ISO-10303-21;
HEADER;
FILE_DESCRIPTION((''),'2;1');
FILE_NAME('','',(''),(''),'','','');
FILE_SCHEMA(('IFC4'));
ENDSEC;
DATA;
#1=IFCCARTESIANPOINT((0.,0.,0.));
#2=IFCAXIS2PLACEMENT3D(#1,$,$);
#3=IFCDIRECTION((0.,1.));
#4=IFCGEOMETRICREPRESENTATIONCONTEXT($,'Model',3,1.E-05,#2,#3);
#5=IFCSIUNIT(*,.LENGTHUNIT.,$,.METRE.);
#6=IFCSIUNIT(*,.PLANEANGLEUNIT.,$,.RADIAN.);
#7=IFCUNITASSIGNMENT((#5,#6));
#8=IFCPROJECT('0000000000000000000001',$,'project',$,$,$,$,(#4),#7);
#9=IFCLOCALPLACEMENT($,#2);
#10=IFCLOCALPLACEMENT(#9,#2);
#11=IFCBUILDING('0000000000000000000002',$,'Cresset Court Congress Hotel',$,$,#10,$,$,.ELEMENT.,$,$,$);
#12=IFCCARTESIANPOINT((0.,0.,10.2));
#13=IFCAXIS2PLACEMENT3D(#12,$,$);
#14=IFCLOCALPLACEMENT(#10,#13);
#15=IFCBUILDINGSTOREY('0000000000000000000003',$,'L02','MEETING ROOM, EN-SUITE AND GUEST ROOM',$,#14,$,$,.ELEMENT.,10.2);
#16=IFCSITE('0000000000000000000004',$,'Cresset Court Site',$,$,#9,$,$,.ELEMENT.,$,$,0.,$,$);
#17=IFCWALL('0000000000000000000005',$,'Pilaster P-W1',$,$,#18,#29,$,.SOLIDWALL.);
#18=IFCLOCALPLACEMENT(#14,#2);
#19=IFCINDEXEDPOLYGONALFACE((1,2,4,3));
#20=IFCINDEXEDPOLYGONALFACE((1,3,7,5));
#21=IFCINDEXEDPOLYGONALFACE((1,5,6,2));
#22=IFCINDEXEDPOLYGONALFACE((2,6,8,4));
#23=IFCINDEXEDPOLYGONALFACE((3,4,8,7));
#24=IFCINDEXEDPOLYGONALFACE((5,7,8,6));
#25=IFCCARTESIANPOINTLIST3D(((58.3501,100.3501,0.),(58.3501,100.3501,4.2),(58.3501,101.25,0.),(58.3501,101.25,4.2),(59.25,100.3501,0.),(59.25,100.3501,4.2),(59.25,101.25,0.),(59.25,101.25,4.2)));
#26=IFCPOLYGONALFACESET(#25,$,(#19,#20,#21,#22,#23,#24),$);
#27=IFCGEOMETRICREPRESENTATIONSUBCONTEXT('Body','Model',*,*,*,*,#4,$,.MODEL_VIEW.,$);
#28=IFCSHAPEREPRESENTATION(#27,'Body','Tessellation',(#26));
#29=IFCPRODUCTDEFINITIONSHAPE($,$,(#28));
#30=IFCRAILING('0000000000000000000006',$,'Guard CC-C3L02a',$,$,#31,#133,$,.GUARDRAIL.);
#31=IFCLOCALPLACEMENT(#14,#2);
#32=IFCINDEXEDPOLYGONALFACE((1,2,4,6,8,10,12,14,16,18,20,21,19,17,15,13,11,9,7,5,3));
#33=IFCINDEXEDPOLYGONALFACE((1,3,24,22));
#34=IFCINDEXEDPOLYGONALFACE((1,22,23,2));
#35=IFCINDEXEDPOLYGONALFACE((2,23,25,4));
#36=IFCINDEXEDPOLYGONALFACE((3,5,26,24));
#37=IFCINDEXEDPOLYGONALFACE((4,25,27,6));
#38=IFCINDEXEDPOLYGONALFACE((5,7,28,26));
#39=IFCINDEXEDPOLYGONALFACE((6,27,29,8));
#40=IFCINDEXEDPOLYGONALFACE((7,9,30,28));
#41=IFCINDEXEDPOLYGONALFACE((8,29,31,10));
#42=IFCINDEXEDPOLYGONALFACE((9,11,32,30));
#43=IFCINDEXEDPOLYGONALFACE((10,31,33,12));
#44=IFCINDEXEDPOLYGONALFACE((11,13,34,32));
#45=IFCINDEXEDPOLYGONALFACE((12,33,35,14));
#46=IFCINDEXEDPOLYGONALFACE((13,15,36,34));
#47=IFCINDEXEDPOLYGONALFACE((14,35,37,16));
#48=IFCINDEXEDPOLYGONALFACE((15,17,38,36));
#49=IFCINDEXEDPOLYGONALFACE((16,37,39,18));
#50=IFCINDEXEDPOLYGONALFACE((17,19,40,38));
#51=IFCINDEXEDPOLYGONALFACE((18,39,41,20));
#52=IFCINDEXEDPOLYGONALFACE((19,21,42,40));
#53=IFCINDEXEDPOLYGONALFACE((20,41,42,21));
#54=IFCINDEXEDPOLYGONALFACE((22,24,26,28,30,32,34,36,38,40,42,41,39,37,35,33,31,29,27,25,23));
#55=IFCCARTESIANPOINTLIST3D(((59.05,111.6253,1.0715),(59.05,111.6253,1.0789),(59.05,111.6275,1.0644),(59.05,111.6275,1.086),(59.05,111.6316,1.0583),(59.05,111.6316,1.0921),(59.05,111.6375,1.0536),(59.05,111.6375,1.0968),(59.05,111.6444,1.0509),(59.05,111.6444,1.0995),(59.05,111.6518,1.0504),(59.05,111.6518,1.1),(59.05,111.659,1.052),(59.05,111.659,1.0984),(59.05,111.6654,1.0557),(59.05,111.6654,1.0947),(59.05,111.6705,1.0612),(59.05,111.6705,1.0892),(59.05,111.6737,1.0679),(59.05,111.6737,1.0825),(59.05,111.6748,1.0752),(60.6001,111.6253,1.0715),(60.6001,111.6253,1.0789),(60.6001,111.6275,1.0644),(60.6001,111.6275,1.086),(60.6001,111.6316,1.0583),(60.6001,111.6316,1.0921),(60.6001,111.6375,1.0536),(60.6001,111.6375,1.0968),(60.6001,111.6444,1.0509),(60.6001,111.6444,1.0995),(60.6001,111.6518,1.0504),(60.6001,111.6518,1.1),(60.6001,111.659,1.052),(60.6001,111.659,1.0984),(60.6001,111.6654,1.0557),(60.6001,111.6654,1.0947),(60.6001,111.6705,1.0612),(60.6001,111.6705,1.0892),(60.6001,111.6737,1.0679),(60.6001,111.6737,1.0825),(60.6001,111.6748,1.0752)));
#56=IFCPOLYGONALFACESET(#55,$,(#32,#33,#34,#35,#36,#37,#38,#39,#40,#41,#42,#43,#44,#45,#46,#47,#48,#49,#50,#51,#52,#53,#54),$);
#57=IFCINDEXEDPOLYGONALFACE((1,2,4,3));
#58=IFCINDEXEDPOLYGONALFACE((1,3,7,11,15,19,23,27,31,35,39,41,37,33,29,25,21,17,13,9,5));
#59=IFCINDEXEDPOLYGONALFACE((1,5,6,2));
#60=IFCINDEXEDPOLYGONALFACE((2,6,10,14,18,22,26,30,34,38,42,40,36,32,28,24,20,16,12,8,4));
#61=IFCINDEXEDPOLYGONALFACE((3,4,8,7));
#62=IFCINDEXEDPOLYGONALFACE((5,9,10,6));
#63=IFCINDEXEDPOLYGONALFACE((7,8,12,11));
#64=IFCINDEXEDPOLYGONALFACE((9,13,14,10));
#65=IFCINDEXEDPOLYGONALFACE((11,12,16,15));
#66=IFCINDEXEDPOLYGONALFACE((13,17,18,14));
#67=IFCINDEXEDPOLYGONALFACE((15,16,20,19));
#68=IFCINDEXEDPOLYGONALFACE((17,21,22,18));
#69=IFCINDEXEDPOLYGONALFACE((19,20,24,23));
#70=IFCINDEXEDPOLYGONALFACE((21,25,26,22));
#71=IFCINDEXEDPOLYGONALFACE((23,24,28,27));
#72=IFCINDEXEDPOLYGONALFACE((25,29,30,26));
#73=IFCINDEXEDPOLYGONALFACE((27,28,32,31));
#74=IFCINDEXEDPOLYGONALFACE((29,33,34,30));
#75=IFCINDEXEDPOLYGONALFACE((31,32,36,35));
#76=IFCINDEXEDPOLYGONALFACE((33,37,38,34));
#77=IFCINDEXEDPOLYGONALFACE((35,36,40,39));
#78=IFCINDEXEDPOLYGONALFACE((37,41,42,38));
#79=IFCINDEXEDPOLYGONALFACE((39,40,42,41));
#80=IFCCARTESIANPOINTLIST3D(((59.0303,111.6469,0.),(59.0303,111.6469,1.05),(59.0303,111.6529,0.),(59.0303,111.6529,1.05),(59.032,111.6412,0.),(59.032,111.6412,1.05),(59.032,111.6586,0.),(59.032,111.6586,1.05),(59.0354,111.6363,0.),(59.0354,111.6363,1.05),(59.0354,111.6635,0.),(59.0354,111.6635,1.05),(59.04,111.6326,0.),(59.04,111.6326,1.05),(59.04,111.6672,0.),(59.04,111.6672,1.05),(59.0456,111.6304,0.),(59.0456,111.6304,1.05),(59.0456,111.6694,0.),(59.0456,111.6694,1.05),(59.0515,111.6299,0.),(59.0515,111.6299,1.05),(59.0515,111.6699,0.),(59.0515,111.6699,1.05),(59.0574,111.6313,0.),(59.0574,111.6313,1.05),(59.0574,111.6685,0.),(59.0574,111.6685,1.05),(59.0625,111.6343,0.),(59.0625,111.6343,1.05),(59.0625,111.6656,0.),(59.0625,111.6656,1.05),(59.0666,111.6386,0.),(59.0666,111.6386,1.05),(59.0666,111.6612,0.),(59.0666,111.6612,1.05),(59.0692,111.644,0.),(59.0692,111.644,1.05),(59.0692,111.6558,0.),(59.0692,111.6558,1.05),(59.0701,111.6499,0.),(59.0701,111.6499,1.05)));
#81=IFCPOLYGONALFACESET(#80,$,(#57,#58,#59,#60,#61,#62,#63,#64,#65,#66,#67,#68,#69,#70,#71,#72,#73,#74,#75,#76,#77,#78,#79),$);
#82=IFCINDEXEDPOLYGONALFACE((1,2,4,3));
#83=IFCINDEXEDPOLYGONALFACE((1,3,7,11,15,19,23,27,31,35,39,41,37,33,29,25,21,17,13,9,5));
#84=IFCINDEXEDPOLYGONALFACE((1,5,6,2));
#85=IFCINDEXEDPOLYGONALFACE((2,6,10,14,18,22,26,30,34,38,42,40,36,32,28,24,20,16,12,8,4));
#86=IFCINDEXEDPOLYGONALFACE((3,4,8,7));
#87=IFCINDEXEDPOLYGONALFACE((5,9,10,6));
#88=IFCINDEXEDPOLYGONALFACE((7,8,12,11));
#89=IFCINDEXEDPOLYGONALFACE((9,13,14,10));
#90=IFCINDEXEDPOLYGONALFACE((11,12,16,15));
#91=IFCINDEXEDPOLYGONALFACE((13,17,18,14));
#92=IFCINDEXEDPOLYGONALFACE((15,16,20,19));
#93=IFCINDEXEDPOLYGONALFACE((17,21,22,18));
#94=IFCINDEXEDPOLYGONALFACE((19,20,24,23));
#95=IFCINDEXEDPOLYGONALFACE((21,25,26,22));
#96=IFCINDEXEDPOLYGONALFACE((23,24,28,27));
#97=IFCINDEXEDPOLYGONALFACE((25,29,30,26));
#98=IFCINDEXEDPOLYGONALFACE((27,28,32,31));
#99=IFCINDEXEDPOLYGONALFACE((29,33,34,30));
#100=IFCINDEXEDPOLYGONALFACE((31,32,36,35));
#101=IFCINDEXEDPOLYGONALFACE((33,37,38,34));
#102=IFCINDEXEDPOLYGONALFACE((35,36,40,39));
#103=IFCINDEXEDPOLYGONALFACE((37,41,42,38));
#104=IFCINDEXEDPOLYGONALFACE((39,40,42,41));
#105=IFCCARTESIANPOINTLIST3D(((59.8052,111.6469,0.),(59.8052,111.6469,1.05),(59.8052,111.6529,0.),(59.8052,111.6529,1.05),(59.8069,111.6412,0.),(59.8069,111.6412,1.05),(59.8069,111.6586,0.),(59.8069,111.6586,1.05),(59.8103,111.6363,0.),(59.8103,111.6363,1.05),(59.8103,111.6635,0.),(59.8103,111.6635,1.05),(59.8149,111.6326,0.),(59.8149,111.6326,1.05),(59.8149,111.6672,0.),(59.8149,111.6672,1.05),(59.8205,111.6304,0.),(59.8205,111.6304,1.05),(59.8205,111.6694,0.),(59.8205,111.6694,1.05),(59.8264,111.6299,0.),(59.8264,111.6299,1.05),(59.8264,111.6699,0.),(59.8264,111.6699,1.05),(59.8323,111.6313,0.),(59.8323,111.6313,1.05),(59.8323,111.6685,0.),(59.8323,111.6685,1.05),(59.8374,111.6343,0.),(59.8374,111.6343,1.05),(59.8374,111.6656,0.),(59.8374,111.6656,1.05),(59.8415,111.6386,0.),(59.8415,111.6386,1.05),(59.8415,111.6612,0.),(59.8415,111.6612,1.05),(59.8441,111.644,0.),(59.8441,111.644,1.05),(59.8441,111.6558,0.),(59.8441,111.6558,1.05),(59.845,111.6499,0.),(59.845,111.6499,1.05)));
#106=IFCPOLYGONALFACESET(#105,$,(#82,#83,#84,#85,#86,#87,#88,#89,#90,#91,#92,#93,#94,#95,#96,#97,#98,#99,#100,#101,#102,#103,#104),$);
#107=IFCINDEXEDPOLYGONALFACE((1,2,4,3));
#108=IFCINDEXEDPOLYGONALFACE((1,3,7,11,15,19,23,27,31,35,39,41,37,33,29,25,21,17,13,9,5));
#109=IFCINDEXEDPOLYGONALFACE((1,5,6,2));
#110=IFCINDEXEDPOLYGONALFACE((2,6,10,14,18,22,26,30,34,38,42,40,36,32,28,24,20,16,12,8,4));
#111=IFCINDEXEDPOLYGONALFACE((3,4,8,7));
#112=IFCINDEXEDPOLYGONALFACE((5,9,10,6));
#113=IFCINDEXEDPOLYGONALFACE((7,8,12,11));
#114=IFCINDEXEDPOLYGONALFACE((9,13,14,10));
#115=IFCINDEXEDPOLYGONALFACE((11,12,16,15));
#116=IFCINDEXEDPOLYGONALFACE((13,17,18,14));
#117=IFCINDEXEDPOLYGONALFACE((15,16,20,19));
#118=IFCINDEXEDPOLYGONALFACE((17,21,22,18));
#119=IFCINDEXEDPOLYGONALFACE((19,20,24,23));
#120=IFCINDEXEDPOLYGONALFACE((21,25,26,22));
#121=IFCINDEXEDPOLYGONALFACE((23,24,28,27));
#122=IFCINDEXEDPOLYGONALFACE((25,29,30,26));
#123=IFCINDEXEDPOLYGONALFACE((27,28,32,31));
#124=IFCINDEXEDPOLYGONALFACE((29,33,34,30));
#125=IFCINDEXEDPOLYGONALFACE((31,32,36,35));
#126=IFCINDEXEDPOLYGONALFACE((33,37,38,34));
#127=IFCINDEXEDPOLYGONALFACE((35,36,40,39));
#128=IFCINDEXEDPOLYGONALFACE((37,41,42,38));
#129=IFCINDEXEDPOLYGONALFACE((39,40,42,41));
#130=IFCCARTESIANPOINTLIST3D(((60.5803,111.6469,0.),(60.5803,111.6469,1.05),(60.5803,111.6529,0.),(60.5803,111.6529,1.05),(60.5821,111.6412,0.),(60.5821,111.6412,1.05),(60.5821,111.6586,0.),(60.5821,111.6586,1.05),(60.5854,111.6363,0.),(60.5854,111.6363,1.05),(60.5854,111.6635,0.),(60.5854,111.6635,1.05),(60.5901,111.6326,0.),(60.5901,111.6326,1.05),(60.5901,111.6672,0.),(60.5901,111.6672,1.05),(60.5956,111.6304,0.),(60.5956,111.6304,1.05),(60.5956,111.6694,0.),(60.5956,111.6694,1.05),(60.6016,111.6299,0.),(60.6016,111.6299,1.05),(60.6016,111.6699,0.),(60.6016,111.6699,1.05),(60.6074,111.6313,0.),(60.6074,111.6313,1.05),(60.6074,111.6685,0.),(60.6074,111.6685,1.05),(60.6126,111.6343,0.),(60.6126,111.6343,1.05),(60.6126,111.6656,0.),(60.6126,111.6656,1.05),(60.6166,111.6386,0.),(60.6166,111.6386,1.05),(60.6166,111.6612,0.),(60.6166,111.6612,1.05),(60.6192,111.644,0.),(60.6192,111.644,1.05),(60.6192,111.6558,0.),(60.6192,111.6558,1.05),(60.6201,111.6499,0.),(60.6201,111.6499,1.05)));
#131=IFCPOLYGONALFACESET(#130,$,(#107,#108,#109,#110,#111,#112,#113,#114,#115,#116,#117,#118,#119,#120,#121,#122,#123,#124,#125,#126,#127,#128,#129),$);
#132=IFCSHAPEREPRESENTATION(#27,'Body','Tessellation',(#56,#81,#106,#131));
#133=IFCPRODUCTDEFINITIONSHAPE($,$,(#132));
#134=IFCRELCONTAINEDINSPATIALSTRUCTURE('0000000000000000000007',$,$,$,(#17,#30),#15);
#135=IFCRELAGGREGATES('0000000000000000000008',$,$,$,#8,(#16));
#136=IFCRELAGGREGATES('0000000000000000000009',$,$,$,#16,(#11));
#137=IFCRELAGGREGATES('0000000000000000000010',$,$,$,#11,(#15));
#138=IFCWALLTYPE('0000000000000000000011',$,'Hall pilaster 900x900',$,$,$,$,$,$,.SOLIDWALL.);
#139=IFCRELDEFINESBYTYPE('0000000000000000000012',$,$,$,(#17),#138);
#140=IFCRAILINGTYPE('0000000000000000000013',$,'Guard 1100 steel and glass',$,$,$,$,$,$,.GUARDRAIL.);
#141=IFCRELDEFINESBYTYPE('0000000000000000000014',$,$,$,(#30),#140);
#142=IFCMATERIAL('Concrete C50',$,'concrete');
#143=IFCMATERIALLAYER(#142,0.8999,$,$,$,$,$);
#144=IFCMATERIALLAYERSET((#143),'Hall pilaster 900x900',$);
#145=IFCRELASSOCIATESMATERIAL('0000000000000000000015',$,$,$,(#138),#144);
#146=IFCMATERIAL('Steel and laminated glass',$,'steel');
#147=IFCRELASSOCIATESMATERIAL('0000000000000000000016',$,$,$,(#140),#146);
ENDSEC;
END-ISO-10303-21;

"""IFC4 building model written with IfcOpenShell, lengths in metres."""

from ifc_helpers import new_model, si_unit, direction, frame, frame_2d, origin, origin_2d, place, context, subcontext, project, spatial, rectangle, circle, extrude, material, layer, layer_set, type_object, element, save


model = new_model("IFC4")

# Units and contexts
model_context = context("Model", 3, precision=1e-05, world=origin(), true_north=direction((0.0, 1.0)))
body_context = subcontext(model_context, "Body", "Model", "MODEL_VIEW")
ifc_project = project(units=[si_unit("LENGTHUNIT", "METRE"), si_unit("PLANEANGLEUNIT", "RADIAN")], contexts=[model_context])

# Site, building, storey
site_placement = place(None, origin())
site = spatial("IfcSite", under=ifc_project, at=site_placement, Name="Cresset Court Site", CompositionType="ELEMENT", RefElevation=0.0)
building_placement = place(site_placement, origin())
building = spatial("IfcBuilding", under=site, at=building_placement, Name="Cresset Court Congress Hotel", CompositionType="ELEMENT")
storey_placement = place(building_placement, frame((0.0, 0.0, 10.2)))
storey = spatial("IfcBuildingStorey", under=building, at=storey_placement, Name="L02", Description="MEETING ROOM, EN-SUITE AND GUEST ROOM", CompositionType="ELEMENT", Elevation=10.2)

# Wall
ifc_material_1 = material(Name="Concrete C50", Category="concrete")
ifc_layer_1 = layer(ifc_material_1, 0.8999)
ifc_layer_set_1 = layer_set([ifc_layer_1], Name="Hall pilaster 900x900")
wall_type_1 = type_object("IfcWallType", Name="Hall pilaster 900x900", PredefinedType="SOLIDWALL", material=ifc_layer_set_1)
wall_1_placement = place(storey_placement, frame((58.8, 101.25, 0.0), z_axis=(0.0, 0.0, 1.0), x_axis=(0.0, -1.0, 0.0)))
element("IfcWall", 1, at=wall_1_placement, inside=storey, type_object=wall_type_1, Name="Pilaster P-W1", PredefinedType="SOLIDWALL", context=body_context, shape_type="SweptSolid", body=[
    extrude(rectangle(XDim=0.8999, YDim=0.8999, at=frame_2d((0.45, 0.0))), origin(), (0.0, 0.0, 1.0), 4.2),
])

# Railing
ifc_material_2 = material(Name="Steel and laminated glass", Category="steel")
railing_type = type_object("IfcRailingType", Name="Guard 1100 steel and glass", PredefinedType="GUARDRAIL", material=ifc_material_2)
for number, where, name in (
    (2, (59.05, 111.6499, 0.0), "Guard CC-C3L02a"),
):
    element("IfcRailing", number, at=place(storey_placement, frame(where)), inside=storey, type_object=railing_type, Name=name, PredefinedType="GUARDRAIL", context=body_context, shape_type="SweptSolid", body=[
        extrude(circle(Radius=0.0249, at=origin_2d()), frame((0.0, 0.0, 1.0752), z_axis=(1.0, 0.0, 0.0), x_axis=(0.0, 1.0, 0.0)), (0.0, 0.0, 1.0), 1.55),
        extrude(circle(Radius=0.02, at=origin_2d()), origin(), (0.0, 0.0, 1.0), 1.05),
        extrude(circle(Radius=0.02, at=origin_2d()), frame((0.7749, 0.0, 0.0)), (0.0, 0.0, 1.0), 1.05),
        extrude(circle(Radius=0.02, at=origin_2d()), frame((1.55, 0.0, 0.0)), (0.0, 0.0, 1.0), 1.05),
    ])

save(model, "model.ifc")
